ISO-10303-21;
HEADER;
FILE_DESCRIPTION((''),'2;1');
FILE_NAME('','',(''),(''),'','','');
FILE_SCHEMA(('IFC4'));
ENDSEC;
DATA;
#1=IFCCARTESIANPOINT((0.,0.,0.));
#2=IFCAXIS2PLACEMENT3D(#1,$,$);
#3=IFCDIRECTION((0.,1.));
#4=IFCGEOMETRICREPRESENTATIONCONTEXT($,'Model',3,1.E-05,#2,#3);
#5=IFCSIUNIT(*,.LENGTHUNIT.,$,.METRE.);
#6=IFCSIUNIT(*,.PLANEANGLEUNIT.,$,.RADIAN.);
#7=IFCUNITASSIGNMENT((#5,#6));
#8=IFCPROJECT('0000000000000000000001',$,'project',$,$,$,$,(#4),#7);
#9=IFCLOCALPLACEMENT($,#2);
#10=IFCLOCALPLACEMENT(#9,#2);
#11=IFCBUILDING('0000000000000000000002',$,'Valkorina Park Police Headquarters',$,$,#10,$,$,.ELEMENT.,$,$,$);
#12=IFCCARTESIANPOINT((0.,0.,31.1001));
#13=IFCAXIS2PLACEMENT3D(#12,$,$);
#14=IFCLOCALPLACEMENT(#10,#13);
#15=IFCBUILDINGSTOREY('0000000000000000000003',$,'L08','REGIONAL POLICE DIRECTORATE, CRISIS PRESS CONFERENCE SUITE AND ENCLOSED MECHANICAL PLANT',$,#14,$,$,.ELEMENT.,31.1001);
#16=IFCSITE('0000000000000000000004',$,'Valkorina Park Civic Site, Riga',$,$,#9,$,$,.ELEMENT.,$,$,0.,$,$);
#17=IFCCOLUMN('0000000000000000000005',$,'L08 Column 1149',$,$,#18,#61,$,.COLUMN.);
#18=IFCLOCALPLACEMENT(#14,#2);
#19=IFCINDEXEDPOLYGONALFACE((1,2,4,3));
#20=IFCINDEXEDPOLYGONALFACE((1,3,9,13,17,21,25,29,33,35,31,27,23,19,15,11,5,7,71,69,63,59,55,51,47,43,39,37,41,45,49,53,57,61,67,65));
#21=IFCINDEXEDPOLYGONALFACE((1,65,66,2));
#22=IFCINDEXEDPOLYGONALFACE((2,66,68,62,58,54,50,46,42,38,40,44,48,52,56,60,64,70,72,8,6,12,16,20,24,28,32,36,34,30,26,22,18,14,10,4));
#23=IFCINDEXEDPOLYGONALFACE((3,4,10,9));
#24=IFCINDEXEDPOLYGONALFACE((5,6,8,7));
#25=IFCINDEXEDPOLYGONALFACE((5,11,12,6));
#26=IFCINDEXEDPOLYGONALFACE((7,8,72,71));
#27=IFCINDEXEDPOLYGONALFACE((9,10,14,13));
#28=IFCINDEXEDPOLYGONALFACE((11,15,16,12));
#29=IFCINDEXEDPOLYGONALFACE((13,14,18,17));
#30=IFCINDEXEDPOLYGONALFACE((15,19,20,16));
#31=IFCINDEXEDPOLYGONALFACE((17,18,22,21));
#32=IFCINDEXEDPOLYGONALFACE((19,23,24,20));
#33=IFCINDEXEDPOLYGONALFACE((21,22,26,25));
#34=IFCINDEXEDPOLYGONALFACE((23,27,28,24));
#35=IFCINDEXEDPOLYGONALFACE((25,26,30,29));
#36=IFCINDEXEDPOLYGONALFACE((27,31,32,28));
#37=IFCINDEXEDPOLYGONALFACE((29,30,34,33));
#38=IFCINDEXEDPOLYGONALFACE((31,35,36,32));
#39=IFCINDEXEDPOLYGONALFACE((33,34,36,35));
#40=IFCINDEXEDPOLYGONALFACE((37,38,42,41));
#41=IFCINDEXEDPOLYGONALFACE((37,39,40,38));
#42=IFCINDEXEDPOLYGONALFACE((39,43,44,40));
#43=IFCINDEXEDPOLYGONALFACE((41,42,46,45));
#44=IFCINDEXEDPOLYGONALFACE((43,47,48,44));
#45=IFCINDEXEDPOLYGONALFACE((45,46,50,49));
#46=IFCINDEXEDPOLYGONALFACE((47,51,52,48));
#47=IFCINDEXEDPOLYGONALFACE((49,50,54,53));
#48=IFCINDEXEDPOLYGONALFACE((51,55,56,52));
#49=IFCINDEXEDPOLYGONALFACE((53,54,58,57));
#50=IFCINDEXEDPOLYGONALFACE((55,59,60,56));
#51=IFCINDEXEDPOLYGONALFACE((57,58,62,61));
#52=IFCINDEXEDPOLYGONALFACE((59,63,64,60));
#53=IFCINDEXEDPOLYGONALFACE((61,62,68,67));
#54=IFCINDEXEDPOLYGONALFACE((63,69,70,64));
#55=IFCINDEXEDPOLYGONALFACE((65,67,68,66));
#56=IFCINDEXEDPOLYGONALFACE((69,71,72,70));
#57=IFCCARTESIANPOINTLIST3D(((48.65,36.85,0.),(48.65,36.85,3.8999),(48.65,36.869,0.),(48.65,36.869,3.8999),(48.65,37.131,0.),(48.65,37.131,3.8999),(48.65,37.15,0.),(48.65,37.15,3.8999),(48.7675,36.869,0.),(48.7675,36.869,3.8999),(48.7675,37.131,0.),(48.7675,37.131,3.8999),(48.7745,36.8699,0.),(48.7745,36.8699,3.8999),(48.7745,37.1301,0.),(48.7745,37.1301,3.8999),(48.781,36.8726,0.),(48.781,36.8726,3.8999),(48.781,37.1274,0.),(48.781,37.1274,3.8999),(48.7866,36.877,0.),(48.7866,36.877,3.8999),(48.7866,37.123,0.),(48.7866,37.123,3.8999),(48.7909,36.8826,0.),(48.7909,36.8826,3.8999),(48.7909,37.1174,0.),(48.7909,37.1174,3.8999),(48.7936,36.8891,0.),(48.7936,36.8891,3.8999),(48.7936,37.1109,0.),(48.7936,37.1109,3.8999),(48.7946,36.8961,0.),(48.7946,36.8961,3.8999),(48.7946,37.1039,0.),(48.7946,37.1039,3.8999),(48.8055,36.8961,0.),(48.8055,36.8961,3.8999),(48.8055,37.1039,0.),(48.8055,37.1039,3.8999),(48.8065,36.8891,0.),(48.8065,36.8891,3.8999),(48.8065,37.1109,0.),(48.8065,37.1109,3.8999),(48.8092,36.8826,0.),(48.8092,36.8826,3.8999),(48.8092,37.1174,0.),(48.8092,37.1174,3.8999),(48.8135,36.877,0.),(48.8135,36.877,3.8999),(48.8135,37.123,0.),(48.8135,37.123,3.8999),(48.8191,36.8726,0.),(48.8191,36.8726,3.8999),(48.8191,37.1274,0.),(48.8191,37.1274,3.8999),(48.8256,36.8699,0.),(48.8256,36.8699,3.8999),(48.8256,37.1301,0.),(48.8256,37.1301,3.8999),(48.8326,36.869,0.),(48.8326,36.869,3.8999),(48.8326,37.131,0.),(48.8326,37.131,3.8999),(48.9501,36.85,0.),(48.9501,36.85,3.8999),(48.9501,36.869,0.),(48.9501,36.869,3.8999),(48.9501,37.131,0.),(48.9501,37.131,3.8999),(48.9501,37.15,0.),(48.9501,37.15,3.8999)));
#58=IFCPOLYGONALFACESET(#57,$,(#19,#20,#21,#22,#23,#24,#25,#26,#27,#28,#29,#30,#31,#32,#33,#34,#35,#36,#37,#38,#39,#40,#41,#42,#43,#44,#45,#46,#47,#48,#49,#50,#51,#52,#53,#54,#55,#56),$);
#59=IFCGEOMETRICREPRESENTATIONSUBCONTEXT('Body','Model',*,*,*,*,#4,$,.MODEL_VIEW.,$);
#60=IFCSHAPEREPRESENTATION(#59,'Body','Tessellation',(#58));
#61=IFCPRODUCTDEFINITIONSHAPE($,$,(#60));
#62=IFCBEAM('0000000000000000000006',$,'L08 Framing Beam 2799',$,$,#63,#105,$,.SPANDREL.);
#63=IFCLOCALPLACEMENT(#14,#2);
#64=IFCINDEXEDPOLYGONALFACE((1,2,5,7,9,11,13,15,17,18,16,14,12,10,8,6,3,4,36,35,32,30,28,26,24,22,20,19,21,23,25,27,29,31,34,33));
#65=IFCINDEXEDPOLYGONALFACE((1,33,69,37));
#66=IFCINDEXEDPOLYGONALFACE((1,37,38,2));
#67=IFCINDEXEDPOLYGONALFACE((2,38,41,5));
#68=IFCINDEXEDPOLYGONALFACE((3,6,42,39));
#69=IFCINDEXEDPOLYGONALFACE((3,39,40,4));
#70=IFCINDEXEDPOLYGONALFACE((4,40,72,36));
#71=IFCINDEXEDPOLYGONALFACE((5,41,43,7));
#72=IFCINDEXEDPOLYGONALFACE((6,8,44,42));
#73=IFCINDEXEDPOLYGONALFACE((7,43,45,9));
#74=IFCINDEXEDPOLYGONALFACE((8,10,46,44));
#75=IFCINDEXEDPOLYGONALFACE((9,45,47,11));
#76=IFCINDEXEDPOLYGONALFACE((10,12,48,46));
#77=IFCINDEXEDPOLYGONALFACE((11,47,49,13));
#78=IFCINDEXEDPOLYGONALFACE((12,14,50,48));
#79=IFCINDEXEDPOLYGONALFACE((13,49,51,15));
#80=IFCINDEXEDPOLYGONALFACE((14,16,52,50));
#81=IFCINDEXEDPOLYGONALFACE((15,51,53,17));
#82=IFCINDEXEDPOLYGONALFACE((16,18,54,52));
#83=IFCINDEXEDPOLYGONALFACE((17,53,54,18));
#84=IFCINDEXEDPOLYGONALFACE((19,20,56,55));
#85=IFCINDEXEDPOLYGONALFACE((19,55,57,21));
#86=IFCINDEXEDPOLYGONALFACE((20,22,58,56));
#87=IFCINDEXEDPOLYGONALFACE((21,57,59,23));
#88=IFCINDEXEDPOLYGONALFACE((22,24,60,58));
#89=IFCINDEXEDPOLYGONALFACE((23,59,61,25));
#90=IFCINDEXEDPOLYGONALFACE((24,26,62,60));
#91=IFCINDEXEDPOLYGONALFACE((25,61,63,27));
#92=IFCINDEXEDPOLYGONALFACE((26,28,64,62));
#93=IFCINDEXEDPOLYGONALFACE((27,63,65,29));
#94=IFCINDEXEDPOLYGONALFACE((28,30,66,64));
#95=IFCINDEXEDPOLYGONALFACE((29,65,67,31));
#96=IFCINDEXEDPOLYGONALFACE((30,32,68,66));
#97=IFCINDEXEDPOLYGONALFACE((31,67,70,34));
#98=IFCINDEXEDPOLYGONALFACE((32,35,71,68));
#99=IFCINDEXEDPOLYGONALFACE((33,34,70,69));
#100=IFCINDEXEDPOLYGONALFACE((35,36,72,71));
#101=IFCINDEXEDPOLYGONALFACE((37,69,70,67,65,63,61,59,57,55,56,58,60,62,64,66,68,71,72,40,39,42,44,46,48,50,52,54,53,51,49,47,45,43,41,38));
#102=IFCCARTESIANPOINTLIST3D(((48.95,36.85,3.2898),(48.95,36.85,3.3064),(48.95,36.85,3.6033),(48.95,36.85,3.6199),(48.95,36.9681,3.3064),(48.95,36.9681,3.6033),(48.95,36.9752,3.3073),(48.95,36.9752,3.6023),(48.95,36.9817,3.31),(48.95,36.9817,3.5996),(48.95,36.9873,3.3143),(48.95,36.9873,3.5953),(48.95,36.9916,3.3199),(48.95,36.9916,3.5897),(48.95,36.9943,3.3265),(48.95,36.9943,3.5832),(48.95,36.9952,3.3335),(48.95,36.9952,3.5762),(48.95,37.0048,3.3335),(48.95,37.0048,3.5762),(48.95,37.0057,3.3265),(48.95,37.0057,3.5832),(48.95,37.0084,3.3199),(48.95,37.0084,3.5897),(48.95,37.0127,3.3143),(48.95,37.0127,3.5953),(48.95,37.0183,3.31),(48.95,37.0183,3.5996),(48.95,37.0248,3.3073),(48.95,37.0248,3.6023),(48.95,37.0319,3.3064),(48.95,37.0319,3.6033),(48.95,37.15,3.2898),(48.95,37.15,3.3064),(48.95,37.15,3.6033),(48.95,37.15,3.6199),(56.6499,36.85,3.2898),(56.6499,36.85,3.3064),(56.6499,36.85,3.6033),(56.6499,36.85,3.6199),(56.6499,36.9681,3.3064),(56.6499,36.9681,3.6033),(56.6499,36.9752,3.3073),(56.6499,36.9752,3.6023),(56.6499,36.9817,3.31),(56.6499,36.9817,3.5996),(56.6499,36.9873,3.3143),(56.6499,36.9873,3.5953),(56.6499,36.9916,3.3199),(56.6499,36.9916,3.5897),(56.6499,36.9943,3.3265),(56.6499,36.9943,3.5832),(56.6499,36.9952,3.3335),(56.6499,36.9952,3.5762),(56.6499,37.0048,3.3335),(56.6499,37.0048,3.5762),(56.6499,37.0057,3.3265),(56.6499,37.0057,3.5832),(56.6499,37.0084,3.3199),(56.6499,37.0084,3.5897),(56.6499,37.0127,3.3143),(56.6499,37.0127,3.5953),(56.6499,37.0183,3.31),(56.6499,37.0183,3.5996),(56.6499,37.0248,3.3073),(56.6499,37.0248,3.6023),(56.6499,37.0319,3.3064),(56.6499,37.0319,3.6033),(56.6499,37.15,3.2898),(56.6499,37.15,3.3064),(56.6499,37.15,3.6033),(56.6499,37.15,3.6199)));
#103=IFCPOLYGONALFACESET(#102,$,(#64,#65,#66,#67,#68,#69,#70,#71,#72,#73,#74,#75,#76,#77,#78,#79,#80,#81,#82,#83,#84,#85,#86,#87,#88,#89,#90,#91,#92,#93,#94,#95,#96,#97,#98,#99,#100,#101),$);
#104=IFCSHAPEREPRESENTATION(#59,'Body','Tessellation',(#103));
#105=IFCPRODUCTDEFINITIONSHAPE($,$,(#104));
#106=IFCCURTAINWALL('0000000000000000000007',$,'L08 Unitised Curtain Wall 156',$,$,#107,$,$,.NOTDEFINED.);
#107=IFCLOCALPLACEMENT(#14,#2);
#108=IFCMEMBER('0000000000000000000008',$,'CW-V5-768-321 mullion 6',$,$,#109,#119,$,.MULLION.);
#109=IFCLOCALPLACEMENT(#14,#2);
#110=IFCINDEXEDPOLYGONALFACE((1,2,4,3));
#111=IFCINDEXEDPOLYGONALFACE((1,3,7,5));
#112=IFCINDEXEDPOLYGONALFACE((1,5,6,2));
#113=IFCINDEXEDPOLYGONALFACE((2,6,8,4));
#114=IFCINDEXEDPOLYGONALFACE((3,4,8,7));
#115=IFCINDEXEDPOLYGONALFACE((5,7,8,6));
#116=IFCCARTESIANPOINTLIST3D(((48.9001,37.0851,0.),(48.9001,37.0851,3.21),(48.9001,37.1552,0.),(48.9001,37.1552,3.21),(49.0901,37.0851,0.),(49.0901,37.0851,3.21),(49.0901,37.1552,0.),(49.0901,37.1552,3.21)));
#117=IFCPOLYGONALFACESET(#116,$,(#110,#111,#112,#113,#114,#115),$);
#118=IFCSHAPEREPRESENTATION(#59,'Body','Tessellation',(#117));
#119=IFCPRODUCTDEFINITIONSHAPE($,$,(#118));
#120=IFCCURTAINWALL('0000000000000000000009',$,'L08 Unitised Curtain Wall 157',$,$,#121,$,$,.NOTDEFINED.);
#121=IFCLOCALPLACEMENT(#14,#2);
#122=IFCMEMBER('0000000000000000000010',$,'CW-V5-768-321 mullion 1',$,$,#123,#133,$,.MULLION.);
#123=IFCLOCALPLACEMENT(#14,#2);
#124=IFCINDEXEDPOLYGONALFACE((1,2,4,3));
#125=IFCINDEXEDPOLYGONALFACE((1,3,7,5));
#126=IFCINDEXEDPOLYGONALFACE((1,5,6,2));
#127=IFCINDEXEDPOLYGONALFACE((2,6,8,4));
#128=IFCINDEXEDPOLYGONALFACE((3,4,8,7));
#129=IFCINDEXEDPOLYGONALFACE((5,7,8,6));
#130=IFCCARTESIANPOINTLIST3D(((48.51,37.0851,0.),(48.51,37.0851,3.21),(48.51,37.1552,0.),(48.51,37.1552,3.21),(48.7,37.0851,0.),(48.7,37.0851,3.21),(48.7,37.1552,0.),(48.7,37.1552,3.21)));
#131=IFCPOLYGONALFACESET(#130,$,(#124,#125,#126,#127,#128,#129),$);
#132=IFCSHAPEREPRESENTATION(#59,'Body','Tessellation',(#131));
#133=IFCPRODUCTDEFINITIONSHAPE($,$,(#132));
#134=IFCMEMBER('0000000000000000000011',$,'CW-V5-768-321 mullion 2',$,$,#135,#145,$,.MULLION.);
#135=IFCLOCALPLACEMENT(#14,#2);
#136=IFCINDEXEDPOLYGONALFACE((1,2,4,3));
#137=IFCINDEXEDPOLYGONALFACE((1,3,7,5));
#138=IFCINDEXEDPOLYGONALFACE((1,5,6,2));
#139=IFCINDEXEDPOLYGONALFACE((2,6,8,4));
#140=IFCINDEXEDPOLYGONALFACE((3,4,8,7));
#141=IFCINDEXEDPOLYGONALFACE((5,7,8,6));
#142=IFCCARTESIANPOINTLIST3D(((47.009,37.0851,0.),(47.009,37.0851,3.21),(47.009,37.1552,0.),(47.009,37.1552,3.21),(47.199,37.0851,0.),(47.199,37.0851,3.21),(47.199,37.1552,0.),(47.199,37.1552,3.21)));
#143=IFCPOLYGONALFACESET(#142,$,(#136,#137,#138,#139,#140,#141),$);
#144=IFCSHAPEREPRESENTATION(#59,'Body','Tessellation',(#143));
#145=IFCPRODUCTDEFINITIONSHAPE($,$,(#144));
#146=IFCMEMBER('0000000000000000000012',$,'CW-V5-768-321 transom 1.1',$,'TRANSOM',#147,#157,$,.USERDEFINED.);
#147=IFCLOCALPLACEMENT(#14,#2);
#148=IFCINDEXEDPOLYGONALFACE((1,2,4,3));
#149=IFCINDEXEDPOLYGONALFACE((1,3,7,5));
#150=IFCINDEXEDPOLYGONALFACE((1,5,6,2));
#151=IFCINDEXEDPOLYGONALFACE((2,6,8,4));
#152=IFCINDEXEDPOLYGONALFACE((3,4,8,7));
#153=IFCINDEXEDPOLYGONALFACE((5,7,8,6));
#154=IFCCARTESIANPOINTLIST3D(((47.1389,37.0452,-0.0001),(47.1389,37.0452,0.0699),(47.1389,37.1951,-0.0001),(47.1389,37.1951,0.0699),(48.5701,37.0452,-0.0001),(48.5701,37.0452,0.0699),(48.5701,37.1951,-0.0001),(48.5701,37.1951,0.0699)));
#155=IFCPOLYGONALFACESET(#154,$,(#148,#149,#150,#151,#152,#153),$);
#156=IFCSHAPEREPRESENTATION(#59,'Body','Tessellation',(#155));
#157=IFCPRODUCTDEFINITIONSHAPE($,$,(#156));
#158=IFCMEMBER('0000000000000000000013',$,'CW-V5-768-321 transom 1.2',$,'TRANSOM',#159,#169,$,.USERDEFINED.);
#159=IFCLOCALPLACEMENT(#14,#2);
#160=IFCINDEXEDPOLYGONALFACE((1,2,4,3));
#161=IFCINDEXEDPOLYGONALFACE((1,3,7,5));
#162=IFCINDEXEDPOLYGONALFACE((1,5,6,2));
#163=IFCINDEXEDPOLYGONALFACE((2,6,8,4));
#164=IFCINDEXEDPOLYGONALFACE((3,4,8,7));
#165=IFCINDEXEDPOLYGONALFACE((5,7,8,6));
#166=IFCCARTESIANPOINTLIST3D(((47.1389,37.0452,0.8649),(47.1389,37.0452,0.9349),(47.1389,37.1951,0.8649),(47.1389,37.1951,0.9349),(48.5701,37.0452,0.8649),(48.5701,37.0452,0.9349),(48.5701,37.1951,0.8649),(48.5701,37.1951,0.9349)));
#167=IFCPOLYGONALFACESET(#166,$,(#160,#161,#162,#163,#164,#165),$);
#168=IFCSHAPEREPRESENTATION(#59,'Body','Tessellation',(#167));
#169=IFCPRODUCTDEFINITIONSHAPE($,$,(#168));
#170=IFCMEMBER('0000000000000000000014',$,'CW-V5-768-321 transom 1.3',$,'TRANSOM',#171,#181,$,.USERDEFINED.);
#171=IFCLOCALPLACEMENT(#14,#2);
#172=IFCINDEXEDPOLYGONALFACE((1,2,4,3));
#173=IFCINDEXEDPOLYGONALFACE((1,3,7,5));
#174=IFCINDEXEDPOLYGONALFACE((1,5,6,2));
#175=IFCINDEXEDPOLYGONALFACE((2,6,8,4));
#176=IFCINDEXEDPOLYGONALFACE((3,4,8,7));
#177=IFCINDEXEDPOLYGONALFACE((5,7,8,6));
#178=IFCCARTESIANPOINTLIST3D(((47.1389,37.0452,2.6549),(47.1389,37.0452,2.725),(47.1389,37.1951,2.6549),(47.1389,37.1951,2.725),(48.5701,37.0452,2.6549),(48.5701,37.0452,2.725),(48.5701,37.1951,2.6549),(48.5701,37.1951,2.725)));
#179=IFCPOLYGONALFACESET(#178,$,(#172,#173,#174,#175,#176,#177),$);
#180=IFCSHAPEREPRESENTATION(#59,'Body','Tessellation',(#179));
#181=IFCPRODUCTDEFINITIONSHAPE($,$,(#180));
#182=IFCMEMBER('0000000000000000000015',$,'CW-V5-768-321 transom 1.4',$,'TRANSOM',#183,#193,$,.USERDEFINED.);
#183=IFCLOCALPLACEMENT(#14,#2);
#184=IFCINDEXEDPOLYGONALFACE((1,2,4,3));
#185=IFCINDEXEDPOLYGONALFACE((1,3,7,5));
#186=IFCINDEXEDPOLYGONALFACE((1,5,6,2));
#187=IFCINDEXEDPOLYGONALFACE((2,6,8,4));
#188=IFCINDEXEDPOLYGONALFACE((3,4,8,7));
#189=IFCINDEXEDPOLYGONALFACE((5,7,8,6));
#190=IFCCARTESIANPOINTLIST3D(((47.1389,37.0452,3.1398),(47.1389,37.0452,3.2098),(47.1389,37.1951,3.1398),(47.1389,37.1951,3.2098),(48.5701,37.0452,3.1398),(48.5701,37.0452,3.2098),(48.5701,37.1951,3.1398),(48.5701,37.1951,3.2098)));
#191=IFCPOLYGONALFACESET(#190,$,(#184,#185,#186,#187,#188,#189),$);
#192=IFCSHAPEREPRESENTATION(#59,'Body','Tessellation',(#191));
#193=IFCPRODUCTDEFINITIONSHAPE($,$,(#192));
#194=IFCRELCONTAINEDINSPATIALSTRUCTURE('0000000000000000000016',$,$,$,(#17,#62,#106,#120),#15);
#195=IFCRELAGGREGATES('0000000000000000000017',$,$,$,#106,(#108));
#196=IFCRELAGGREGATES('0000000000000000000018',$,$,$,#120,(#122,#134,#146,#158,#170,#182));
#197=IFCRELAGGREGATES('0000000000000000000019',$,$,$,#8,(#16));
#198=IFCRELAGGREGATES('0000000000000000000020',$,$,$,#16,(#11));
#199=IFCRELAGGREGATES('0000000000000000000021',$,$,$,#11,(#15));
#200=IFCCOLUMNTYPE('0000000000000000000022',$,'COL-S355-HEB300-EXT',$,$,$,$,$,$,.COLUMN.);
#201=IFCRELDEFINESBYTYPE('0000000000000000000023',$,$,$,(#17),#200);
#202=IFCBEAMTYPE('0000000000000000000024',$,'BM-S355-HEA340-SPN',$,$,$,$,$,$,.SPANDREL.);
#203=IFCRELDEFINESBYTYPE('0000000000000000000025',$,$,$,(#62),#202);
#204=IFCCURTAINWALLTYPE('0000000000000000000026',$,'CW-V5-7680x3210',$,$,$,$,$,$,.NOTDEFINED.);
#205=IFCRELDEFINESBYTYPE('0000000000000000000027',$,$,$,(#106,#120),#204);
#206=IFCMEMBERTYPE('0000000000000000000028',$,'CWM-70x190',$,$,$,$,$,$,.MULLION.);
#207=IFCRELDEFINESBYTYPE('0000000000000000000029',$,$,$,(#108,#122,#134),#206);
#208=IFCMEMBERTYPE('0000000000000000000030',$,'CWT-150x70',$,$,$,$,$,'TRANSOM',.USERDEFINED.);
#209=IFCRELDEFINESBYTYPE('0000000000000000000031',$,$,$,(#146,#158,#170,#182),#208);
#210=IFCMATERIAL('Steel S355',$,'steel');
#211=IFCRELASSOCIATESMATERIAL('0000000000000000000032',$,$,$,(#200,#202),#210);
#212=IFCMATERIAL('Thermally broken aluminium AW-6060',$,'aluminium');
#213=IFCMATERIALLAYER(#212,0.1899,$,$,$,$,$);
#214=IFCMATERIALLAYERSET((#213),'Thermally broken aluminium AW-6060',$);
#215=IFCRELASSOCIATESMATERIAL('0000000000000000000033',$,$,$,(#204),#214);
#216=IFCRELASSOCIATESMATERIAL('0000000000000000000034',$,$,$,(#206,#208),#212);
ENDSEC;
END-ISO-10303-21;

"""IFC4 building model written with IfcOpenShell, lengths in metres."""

from ifc_helpers import new_model, si_unit, direction, frame, origin, origin_2d, place, context, subcontext, project, spatial, rectangle, i_section, extrude, material, layer, layer_set, material_profile, profile_set, type_object, element, aggregate, save


model = new_model("IFC4")

# Units and contexts
model_context = context("Model", 3, precision=1e-05, world=origin(), true_north=direction((0.0, 1.0)))
body_context = subcontext(model_context, "Body", "Model", "MODEL_VIEW")
ifc_project = project(units=[si_unit("LENGTHUNIT", "METRE"), si_unit("PLANEANGLEUNIT", "RADIAN")], contexts=[model_context])

# Site, building, storey
site_placement = place(None, origin())
site = spatial("IfcSite", under=ifc_project, at=site_placement, Name="Valkorina Park Civic Site, Riga", CompositionType="ELEMENT", RefElevation=0.0)
building_placement = place(site_placement, origin())
building = spatial("IfcBuilding", under=site, at=building_placement, Name="Valkorina Park Police Headquarters", CompositionType="ELEMENT")
storey_placement = place(building_placement, frame((0.0, 0.0, 31.1001)))
storey = spatial("IfcBuildingStorey", under=building, at=storey_placement, Name="L08", Description="REGIONAL POLICE DIRECTORATE, CRISIS PRESS CONFERENCE SUITE AND ENCLOSED MECHANICAL PLANT", CompositionType="ELEMENT", Elevation=31.1001)

# Column
ifc_material_1 = material(Name="Steel S355", Category="steel")
ifc_material_profile_1 = material_profile(ifc_material_1, i_section(OverallWidth=0.3, OverallDepth=0.3, WebThickness=0.011, FlangeThickness=0.019, FilletRadius=0.0271, at=origin_2d()), Name="HEB 300")
ifc_profile_set_1 = profile_set([ifc_material_profile_1], Name="Steel S355")
column_type = type_object("IfcColumnType", Name="COL-S355-HEB300-EXT", PredefinedType="COLUMN", material=ifc_profile_set_1)
column_placement = place(storey_placement, frame((48.8, 37.0, 0.0), z_axis=(0.0, 0.0, 1.0), x_axis=(1.0, 0.0, 0.0)))
element("IfcColumn", 1, at=column_placement, inside=storey, type_object=column_type, Name="L08 Column 1149", PredefinedType="COLUMN", context=body_context, shape_type="SweptSolid", body=[
    extrude(i_section(OverallWidth=0.3, OverallDepth=0.3, WebThickness=0.011, FlangeThickness=0.019, FilletRadius=0.0271, at=origin_2d()), origin(), (0.0, 0.0, 1.0), 3.8999),
])

# Beam
ifc_material_profile_2 = material_profile(ifc_material_1, i_section(OverallWidth=0.3, OverallDepth=0.3301, WebThickness=0.0095, FlangeThickness=0.0166, FilletRadius=0.0271, at=origin_2d()), Name="HEA 340")
ifc_profile_set_2 = profile_set([ifc_material_profile_2], Name="Steel S355")
beam_type = type_object("IfcBeamType", Name="BM-S355-HEA340-SPN", PredefinedType="SPANDREL", material=ifc_profile_set_2)
beam_placement = place(storey_placement, frame((48.95, 37.0, 3.4548), z_axis=(1.0, 0.0, 0.0), x_axis=(0.0, 1.0, 0.0)))
element("IfcBeam", 2, at=beam_placement, inside=storey, type_object=beam_type, Name="L08 Framing Beam 2799", PredefinedType="SPANDREL", context=body_context, shape_type="SweptSolid", body=[
    extrude(i_section(OverallWidth=0.3, OverallDepth=0.3301, WebThickness=0.0095, FlangeThickness=0.0166, FilletRadius=0.0271, at=origin_2d()), origin(), (0.0, 0.0, 1.0), 7.7),
])

# Curtain wall, member
ifc_material_2 = material(Name="Thermally broken aluminium AW-6060", Category="aluminium")
ifc_layer_1 = layer(ifc_material_2, 0.1899)
ifc_layer_set_1 = layer_set([ifc_layer_1], Name="Thermally broken aluminium AW-6060")
curtain_wall_type = type_object("IfcCurtainWallType", Name="CW-V5-7680x3210", PredefinedType="NOTDEFINED", material=ifc_layer_set_1)
curtain_wall_1_placement = place(storey_placement, origin())
curtain_wall_1 = element("IfcCurtainWall", 3, at=curtain_wall_1_placement, inside=storey, type_object=curtain_wall_type, Name="L08 Unitised Curtain Wall 156", PredefinedType="NOTDEFINED")
ifc_material_profile_3 = material_profile(ifc_material_2, rectangle(XDim=0.0701, YDim=0.1899, at=origin_2d()), Name="CWM-02 70x190")
ifc_profile_set_3 = profile_set([ifc_material_profile_3], Name="Thermally broken aluminium AW-6060")
member_type_1 = type_object("IfcMemberType", Name="CWM-70x190", PredefinedType="MULLION", material=ifc_profile_set_3)
member_1_placement = place(storey_placement, frame((48.9951, 37.1201, 0.0), z_axis=(0.0, 0.0, 1.0), x_axis=(0.0, -1.0, 0.0)))
member_1 = element("IfcMember", 4, at=member_1_placement, type_object=member_type_1, Name="CW-V5-768-321 mullion 6", PredefinedType="MULLION", context=body_context, shape_type="SweptSolid", body=[
    extrude(rectangle(XDim=0.0701, YDim=0.1899, at=origin_2d()), origin(), (0.0, 0.0, 1.0), 3.21),
])

# Curtain wall, members
curtain_wall_2_placement = place(storey_placement, origin())
curtain_wall_2 = element("IfcCurtainWall", 5, at=curtain_wall_2_placement, inside=storey, type_object=curtain_wall_type, Name="L08 Unitised Curtain Wall 157", PredefinedType="NOTDEFINED")
member_2_placement = place(storey_placement, frame((48.605, 37.1201, 0.0), z_axis=(0.0, 0.0, 1.0), x_axis=(0.0, -1.0, 0.0)))
member_2 = element("IfcMember", 6, at=member_2_placement, type_object=member_type_1, Name="CW-V5-768-321 mullion 1", PredefinedType="MULLION", context=body_context, shape_type="SweptSolid", body=[
    extrude(rectangle(XDim=0.0701, YDim=0.1899, at=origin_2d()), origin(), (0.0, 0.0, 1.0), 3.21),
])
member_3_placement = place(storey_placement, frame((47.104, 37.1201, 0.0), z_axis=(0.0, 0.0, 1.0), x_axis=(0.0, -1.0, 0.0)))
member_3 = element("IfcMember", 7, at=member_3_placement, type_object=member_type_1, Name="CW-V5-768-321 mullion 2", PredefinedType="MULLION", context=body_context, shape_type="SweptSolid", body=[
    extrude(rectangle(XDim=0.0701, YDim=0.1899, at=origin_2d()), origin(), (0.0, 0.0, 1.0), 3.21),
])
ifc_material_profile_4 = material_profile(ifc_material_2, rectangle(XDim=0.1499, YDim=0.0701, at=origin_2d()), Name="CWT-02 150x70")
ifc_profile_set_4 = profile_set([ifc_material_profile_4], Name="Thermally broken aluminium AW-6060")
member_type_2 = type_object("IfcMemberType", Name="CWT-150x70", ElementType="TRANSOM", PredefinedType="USERDEFINED", material=ifc_profile_set_4)
member_4_placement = place(storey_placement, frame((48.5701, 37.1201, 0.0349), z_axis=(-1.0, 0.0, 0.0), x_axis=(0.0, -1.0, 0.0)))
member_4 = element("IfcMember", 8, at=member_4_placement, type_object=member_type_2, Name="CW-V5-768-321 transom 1.1", ObjectType="TRANSOM", PredefinedType="USERDEFINED", context=body_context, shape_type="SweptSolid", body=[
    extrude(rectangle(XDim=0.1499, YDim=0.0701, at=origin_2d()), origin(), (0.0, 0.0, 1.0), 1.4312),
])
member_5_placement = place(storey_placement, frame((48.5701, 37.1201, 0.8999), z_axis=(-1.0, 0.0, 0.0), x_axis=(0.0, -1.0, 0.0)))
member_5 = element("IfcMember", 9, at=member_5_placement, type_object=member_type_2, Name="CW-V5-768-321 transom 1.2", ObjectType="TRANSOM", PredefinedType="USERDEFINED", context=body_context, shape_type="SweptSolid", body=[
    extrude(rectangle(XDim=0.1499, YDim=0.0701, at=origin_2d()), origin(), (0.0, 0.0, 1.0), 1.4312),
])
member_6_placement = place(storey_placement, frame((48.5701, 37.1201, 2.6899), z_axis=(-1.0, 0.0, 0.0), x_axis=(0.0, -1.0, 0.0)))
member_6 = element("IfcMember", 10, at=member_6_placement, type_object=member_type_2, Name="CW-V5-768-321 transom 1.3", ObjectType="TRANSOM", PredefinedType="USERDEFINED", context=body_context, shape_type="SweptSolid", body=[
    extrude(rectangle(XDim=0.1499, YDim=0.0701, at=origin_2d()), origin(), (0.0, 0.0, 1.0), 1.4312),
])
member_7_placement = place(storey_placement, frame((48.5701, 37.1201, 3.1748), z_axis=(-1.0, 0.0, 0.0), x_axis=(0.0, -1.0, 0.0)))
member_7 = element("IfcMember", 11, at=member_7_placement, type_object=member_type_2, Name="CW-V5-768-321 transom 1.4", ObjectType="TRANSOM", PredefinedType="USERDEFINED", context=body_context, shape_type="SweptSolid", body=[
    extrude(rectangle(XDim=0.1499, YDim=0.0701, at=origin_2d()), origin(), (0.0, 0.0, 1.0), 1.4312),
])

aggregate(curtain_wall_1, [member_1])
aggregate(curtain_wall_2, [member_2, member_3, member_4, member_5, member_6, member_7])

save(model, "model.ifc")
